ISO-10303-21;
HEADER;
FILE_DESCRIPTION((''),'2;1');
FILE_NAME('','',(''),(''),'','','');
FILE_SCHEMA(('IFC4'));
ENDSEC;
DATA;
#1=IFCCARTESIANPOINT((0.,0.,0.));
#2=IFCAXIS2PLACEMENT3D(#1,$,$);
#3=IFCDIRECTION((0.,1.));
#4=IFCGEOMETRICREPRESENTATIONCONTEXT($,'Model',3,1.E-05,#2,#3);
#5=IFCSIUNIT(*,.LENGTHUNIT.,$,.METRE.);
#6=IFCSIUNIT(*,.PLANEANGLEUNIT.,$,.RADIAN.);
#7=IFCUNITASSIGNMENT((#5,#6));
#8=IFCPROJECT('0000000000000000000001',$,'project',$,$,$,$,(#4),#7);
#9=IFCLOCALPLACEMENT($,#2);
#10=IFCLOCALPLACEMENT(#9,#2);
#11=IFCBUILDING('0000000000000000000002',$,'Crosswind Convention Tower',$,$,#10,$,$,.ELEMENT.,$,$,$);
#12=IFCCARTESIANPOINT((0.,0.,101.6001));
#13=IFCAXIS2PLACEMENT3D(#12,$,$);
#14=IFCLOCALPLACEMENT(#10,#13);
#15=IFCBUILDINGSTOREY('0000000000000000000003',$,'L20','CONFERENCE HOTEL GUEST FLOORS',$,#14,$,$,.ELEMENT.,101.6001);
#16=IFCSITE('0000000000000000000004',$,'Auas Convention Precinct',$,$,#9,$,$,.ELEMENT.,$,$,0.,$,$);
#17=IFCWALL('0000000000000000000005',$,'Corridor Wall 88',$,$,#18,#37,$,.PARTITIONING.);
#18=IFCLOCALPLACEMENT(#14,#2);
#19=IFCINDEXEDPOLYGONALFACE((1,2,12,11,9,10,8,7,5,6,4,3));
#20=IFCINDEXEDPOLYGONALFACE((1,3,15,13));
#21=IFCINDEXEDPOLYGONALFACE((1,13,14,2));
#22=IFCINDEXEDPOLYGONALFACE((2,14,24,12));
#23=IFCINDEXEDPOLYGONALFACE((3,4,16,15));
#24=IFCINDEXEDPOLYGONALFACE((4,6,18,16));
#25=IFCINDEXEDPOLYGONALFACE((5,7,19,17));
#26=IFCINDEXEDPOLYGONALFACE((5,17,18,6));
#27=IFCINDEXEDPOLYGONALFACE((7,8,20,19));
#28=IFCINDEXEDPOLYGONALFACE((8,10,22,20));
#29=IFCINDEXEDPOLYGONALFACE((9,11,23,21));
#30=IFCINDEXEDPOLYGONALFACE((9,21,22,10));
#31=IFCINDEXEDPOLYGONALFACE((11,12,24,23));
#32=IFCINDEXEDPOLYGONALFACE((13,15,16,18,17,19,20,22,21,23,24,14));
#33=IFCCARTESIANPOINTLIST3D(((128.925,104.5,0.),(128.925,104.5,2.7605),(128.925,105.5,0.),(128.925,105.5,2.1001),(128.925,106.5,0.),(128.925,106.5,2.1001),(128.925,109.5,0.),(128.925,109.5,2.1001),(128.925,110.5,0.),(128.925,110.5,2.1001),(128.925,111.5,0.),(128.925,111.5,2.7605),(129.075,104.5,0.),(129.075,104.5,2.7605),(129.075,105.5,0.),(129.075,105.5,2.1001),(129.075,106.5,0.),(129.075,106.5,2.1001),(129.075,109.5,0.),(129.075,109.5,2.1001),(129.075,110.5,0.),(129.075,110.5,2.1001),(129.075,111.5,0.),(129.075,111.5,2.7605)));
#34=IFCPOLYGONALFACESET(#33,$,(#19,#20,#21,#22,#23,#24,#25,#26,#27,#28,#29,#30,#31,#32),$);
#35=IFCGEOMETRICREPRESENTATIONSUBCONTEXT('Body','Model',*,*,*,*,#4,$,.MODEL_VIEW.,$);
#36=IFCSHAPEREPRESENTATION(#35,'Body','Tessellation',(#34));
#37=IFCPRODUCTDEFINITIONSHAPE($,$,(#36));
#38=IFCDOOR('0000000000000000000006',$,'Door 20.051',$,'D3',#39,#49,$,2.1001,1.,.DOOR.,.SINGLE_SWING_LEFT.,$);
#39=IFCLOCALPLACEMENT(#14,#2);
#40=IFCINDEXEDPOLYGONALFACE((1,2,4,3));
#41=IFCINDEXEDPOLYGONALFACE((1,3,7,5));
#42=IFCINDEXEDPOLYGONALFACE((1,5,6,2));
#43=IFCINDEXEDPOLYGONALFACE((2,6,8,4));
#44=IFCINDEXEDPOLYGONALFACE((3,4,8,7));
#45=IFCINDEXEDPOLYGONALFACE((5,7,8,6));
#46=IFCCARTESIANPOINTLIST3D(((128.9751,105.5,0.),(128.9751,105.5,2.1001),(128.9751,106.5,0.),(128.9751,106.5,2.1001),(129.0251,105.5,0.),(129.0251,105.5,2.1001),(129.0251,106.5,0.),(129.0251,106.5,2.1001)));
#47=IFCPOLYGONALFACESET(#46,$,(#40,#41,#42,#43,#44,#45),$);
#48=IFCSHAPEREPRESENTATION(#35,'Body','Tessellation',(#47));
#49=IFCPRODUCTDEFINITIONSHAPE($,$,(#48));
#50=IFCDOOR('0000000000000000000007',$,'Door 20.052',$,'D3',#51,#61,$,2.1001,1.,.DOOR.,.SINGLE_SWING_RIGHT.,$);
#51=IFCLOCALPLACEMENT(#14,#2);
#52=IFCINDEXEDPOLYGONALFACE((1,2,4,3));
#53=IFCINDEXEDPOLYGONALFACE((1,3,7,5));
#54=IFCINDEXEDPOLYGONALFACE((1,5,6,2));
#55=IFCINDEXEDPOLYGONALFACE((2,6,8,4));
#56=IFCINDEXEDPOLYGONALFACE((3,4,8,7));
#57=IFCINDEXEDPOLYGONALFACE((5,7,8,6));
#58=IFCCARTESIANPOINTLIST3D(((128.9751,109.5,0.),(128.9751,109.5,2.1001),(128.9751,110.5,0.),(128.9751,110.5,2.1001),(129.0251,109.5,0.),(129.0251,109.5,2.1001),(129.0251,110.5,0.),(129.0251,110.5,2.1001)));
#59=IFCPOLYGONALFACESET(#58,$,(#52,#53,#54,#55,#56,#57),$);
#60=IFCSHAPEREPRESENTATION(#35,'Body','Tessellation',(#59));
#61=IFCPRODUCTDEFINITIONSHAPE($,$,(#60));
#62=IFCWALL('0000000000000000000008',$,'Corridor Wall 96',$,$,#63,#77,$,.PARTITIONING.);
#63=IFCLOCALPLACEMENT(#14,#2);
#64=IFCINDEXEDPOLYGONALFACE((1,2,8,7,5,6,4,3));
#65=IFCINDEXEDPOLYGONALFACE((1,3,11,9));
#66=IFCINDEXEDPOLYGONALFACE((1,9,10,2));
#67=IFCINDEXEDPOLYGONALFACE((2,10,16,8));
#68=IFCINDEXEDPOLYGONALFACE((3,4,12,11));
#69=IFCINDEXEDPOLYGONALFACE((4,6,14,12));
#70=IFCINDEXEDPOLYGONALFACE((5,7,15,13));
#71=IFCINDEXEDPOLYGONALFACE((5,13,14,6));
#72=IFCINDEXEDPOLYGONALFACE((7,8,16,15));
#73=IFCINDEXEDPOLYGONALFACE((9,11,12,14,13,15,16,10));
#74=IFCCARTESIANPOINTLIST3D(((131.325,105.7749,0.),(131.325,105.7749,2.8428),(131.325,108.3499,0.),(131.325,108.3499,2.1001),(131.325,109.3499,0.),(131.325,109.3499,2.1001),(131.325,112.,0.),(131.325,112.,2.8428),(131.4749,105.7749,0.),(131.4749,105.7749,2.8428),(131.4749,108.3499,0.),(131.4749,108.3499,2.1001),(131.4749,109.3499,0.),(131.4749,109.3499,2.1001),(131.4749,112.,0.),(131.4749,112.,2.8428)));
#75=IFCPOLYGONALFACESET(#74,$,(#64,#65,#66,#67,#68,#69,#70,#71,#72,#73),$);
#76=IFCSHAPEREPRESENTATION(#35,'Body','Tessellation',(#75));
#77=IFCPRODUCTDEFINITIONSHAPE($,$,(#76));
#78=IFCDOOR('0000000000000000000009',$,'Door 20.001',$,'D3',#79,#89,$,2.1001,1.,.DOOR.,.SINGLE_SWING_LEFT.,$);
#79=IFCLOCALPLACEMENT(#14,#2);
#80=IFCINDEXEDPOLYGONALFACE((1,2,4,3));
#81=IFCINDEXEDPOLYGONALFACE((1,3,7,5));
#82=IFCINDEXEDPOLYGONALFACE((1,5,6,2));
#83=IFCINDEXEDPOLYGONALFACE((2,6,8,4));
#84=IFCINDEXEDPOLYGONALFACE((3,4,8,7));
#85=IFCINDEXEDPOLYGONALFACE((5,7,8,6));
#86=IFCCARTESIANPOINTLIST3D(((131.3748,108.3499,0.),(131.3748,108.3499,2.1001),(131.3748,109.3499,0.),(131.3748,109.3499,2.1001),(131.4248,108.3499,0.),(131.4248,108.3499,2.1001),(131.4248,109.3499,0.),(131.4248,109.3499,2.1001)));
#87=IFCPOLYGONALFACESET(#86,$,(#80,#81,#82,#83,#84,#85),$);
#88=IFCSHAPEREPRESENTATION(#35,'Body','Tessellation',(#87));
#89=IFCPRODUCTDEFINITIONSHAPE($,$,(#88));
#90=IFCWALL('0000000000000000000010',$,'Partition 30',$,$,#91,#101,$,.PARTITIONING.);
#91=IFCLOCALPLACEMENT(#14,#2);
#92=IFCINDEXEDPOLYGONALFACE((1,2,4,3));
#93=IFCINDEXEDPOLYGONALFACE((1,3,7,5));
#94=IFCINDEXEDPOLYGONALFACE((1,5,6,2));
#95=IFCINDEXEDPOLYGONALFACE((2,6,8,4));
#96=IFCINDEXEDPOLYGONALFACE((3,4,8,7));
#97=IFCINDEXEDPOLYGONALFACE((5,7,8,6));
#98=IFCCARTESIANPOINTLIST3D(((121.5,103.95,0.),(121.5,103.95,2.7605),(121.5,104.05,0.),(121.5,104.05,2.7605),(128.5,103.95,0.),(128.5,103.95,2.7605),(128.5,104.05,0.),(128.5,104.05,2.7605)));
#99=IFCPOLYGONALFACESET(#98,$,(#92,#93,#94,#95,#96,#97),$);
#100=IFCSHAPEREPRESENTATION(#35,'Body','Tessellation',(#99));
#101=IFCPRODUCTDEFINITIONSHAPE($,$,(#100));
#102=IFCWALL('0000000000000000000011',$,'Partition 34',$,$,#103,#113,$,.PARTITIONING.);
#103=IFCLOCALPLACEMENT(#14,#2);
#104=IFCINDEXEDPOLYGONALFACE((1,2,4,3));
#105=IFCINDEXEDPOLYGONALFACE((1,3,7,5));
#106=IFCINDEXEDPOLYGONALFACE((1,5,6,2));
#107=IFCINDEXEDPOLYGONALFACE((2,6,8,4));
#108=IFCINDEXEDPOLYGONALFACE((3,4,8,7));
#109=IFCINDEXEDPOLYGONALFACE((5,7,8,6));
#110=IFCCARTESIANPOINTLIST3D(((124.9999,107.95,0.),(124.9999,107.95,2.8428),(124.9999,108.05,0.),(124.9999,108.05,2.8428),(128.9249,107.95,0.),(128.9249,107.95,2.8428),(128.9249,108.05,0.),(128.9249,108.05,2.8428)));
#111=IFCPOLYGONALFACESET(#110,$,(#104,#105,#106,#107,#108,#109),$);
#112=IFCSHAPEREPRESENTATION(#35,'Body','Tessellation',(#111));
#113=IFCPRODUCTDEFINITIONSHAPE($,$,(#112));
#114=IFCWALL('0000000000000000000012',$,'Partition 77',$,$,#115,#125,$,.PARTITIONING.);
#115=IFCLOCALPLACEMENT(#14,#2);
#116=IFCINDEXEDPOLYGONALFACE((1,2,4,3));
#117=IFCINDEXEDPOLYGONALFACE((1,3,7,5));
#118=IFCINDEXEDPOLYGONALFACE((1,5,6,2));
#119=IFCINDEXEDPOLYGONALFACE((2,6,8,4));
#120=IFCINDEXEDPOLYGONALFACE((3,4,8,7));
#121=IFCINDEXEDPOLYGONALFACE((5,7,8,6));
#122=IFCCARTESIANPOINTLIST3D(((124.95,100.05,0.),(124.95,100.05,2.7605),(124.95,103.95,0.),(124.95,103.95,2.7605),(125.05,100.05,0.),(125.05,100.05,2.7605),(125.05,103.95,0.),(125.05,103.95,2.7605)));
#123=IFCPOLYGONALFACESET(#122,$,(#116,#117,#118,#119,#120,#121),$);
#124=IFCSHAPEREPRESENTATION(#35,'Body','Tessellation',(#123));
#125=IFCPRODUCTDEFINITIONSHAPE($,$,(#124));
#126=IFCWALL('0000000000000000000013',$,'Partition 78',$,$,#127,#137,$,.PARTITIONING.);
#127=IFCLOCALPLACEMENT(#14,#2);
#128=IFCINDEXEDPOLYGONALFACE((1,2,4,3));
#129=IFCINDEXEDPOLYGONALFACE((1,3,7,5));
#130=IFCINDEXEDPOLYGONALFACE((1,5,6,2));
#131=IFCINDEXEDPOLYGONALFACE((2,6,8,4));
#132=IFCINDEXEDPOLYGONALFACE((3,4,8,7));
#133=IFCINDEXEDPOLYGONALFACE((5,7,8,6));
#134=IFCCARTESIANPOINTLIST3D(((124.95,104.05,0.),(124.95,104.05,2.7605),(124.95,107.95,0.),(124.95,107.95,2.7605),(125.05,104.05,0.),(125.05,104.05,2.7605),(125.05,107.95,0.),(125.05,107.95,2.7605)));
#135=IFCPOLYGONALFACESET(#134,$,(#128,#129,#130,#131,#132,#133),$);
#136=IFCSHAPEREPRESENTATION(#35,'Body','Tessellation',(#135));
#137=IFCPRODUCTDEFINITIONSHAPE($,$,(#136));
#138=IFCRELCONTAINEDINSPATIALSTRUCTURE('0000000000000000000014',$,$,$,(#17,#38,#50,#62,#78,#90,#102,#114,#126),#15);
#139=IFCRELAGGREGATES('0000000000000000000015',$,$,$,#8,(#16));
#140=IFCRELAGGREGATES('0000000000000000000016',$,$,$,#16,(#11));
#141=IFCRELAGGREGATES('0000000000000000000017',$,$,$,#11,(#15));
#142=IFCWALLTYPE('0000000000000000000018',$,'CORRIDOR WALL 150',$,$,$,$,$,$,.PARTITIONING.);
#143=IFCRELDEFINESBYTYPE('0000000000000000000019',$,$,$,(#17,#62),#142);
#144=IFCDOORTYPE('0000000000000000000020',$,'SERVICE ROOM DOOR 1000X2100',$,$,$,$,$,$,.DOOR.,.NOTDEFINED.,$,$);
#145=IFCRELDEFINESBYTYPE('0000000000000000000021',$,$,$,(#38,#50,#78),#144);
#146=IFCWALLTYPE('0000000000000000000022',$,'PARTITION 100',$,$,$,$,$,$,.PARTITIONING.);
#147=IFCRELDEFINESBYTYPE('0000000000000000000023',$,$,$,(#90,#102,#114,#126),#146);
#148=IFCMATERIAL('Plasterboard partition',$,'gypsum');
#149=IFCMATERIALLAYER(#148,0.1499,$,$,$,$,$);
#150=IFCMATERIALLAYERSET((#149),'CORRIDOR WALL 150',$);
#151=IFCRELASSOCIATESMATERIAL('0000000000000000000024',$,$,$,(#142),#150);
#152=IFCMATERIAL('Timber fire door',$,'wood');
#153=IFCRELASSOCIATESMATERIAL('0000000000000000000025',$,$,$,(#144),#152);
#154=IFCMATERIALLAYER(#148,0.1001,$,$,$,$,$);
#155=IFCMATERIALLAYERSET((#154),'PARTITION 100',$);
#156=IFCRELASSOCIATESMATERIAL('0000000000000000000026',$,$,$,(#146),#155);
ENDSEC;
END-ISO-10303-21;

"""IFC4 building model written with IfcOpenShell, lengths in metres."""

from ifc_helpers import new_model, si_unit, direction, frame, frame_2d, origin, place, context, subcontext, project, spatial, rectangle, extrude, material, layer, layer_set, type_object, element, fill, save


model = new_model("IFC4")

# Units and contexts
model_context = context("Model", 3, precision=1e-05, world=origin(), true_north=direction((0.0, 1.0)))
body_context = subcontext(model_context, "Body", "Model", "MODEL_VIEW")
ifc_project = project(units=[si_unit("LENGTHUNIT", "METRE"), si_unit("PLANEANGLEUNIT", "RADIAN")], contexts=[model_context])

# Site, building, storey
site_placement = place(None, origin())
site = spatial("IfcSite", under=ifc_project, at=site_placement, Name="Auas Convention Precinct", CompositionType="ELEMENT", RefElevation=0.0)
building_placement = place(site_placement, origin())
building = spatial("IfcBuilding", under=site, at=building_placement, Name="Crosswind Convention Tower", CompositionType="ELEMENT")
storey_placement = place(building_placement, frame((0.0, 0.0, 101.6001)))
storey = spatial("IfcBuildingStorey", under=building, at=storey_placement, Name="L20", Description="CONFERENCE HOTEL GUEST FLOORS", CompositionType="ELEMENT", Elevation=101.6001)

# Shared definitions
ifc_material_1 = material(Name="Plasterboard partition", Category="gypsum")
ifc_layer_1 = layer(ifc_material_1, 0.1499)
ifc_layer_set_1 = layer_set([ifc_layer_1], Name="CORRIDOR WALL 150")
wall_type_1 = type_object("IfcWallType", Name="CORRIDOR WALL 150", PredefinedType="PARTITIONING", material=ifc_layer_set_1)

# Wall, openings, doors
wall_1_placement = place(storey_placement, frame((129.0, 104.5, 0.0), z_axis=(0.0, 0.0, 1.0), x_axis=(0.0, 1.0, 0.0)))
wall_1 = element("IfcWall", 1, at=wall_1_placement, inside=storey, type_object=wall_type_1, Name="Corridor Wall 88", PredefinedType="PARTITIONING", context=body_context, shape_type="SweptSolid", body=[
    extrude(rectangle(XDim=7.0, YDim=0.1499, at=frame_2d((3.5, 0.0))), origin(), (0.0, 0.0, 1.0), 2.7605),
])
opening_1_placement = place(wall_1_placement, frame((1.0, 0.0, 0.0)))
opening_1 = element("IfcOpeningElement", 2, at=opening_1_placement, cuts=wall_1, PredefinedType="OPENING", context=body_context, shape_type="SweptSolid", body=[
    extrude(rectangle(XDim=1.0, YDim=2.1001, at=frame_2d((0.5, 1.05))), frame((0.0, 0.085, 0.0), z_axis=(0.0, -1.0, 0.0), x_axis=(1.0, 0.0, 0.0)), (0.0, 0.0, 1.0), 0.1699),
])
opening_2_placement = place(wall_1_placement, frame((5.0, 0.0, 0.0)))
opening_2 = element("IfcOpeningElement", 3, at=opening_2_placement, cuts=wall_1, PredefinedType="OPENING", context=body_context, shape_type="SweptSolid", body=[
    extrude(rectangle(XDim=1.0, YDim=2.1001, at=frame_2d((0.5, 1.05))), frame((0.0, 0.085, 0.0), z_axis=(0.0, -1.0, 0.0), x_axis=(1.0, 0.0, 0.0)), (0.0, 0.0, 1.0), 0.1699),
])
ifc_material_2 = material(Name="Timber fire door", Category="wood")
door_type = type_object("IfcDoorType", Name="SERVICE ROOM DOOR 1000X2100", OperationType="NOTDEFINED", PredefinedType="DOOR", material=ifc_material_2)
door_1_placement = place(opening_1_placement, origin())
door_1 = element("IfcDoor", 4, at=door_1_placement, inside=storey, type_object=door_type, Name="Door 20.051", ObjectType="D3", OperationType="SINGLE_SWING_LEFT", OverallHeight=2.1001, OverallWidth=1.0, PredefinedType="DOOR", context=body_context, shape_type="SweptSolid", body=[
    extrude(rectangle(XDim=1.0, YDim=2.1001, at=frame_2d((0.5, 1.05))), frame((0.0, 0.0249, 0.0), z_axis=(0.0, -1.0, 0.0), x_axis=(1.0, 0.0, 0.0)), (0.0, 0.0, 1.0), 0.05),
])
fill(opening_1, door_1)
door_2_placement = place(opening_2_placement, origin())
door_2 = element("IfcDoor", 5, at=door_2_placement, inside=storey, type_object=door_type, Name="Door 20.052", ObjectType="D3", OperationType="SINGLE_SWING_RIGHT", OverallHeight=2.1001, OverallWidth=1.0, PredefinedType="DOOR", context=body_context, shape_type="SweptSolid", body=[
    extrude(rectangle(XDim=1.0, YDim=2.1001, at=frame_2d((0.5, 1.05))), frame((0.0, 0.0249, 0.0), z_axis=(0.0, -1.0, 0.0), x_axis=(1.0, 0.0, 0.0)), (0.0, 0.0, 1.0), 0.05),
])
fill(opening_2, door_2)

# Wall, opening, door
wall_2_placement = place(storey_placement, frame((131.3999, 105.7749, 0.0), z_axis=(0.0, 0.0, 1.0), x_axis=(0.0, 1.0, 0.0)))
wall_2 = element("IfcWall", 6, at=wall_2_placement, inside=storey, type_object=wall_type_1, Name="Corridor Wall 96", PredefinedType="PARTITIONING", context=body_context, shape_type="SweptSolid", body=[
    extrude(rectangle(XDim=6.2251, YDim=0.1499, at=frame_2d((3.1125, 0.0))), origin(), (0.0, 0.0, 1.0), 2.8428),
])
opening_3_placement = place(wall_2_placement, frame((2.575, 0.0, 0.0)))
opening_3 = element("IfcOpeningElement", 7, at=opening_3_placement, cuts=wall_2, PredefinedType="OPENING", context=body_context, shape_type="SweptSolid", body=[
    extrude(rectangle(XDim=1.0, YDim=2.1001, at=frame_2d((0.5, 1.05))), frame((0.0, 0.085, 0.0), z_axis=(0.0, -1.0, 0.0), x_axis=(1.0, 0.0, 0.0)), (0.0, 0.0, 1.0), 0.1699),
])
door_3_placement = place(opening_3_placement, frame((1.0, 0.0, 0.0), z_axis=(0.0, 0.0, 1.0), x_axis=(-1.0, 0.0, 0.0)))
door_3 = element("IfcDoor", 8, at=door_3_placement, inside=storey, type_object=door_type, Name="Door 20.001", ObjectType="D3", OperationType="SINGLE_SWING_LEFT", OverallHeight=2.1001, OverallWidth=1.0, PredefinedType="DOOR", context=body_context, shape_type="SweptSolid", body=[
    extrude(rectangle(XDim=1.0, YDim=2.1001, at=frame_2d((0.5, 1.05))), frame((0.0, 0.0249, 0.0), z_axis=(0.0, -1.0, 0.0), x_axis=(1.0, 0.0, 0.0)), (0.0, 0.0, 1.0), 0.05),
])
fill(opening_3, door_3)

# Walls
ifc_layer_2 = layer(ifc_material_1, 0.1001)
ifc_layer_set_2 = layer_set([ifc_layer_2], Name="PARTITION 100")
wall_type_2 = type_object("IfcWallType", Name="PARTITION 100", PredefinedType="PARTITIONING", material=ifc_layer_set_2)
wall_3_placement = place(storey_placement, frame((121.5, 104.0, 0.0), z_axis=(0.0, 0.0, 1.0), x_axis=(1.0, 0.0, 0.0)))
element("IfcWall", 9, at=wall_3_placement, inside=storey, type_object=wall_type_2, Name="Partition 30", PredefinedType="PARTITIONING", context=body_context, shape_type="SweptSolid", body=[
    extrude(rectangle(XDim=7.0, YDim=0.1001, at=frame_2d((3.5, 0.0))), origin(), (0.0, 0.0, 1.0), 2.7605),
])
wall_4_placement = place(storey_placement, frame((125.0, 108.0, 0.0), z_axis=(0.0, 0.0, 1.0), x_axis=(1.0, 0.0, 0.0)))
element("IfcWall", 10, at=wall_4_placement, inside=storey, type_object=wall_type_2, Name="Partition 34", PredefinedType="PARTITIONING", context=body_context, shape_type="SweptSolid", body=[
    extrude(rectangle(XDim=3.925, YDim=0.1001, at=frame_2d((1.9624, 0.0))), origin(), (0.0, 0.0, 1.0), 2.8428),
])
for number, where, z_axis, x_axis, name in (
    (11, (125.0, 100.05, 0.0), (0.0, 0.0, 1.0), (0.0, 1.0, 0.0), "Partition 77"),
    (12, (125.0, 104.05, 0.0), (0.0, 0.0, 1.0), (0.0, 1.0, 0.0), "Partition 78"),
):
    element("IfcWall", number, at=place(storey_placement, frame(where, z_axis=z_axis, x_axis=x_axis)), inside=storey, type_object=wall_type_2, Name=name, PredefinedType="PARTITIONING", context=body_context, shape_type="SweptSolid", body=[
        extrude(rectangle(XDim=3.8999, YDim=0.1001, at=frame_2d((1.95, 0.0))), origin(), (0.0, 0.0, 1.0), 2.7605),
    ])

save(model, "model.ifc")
